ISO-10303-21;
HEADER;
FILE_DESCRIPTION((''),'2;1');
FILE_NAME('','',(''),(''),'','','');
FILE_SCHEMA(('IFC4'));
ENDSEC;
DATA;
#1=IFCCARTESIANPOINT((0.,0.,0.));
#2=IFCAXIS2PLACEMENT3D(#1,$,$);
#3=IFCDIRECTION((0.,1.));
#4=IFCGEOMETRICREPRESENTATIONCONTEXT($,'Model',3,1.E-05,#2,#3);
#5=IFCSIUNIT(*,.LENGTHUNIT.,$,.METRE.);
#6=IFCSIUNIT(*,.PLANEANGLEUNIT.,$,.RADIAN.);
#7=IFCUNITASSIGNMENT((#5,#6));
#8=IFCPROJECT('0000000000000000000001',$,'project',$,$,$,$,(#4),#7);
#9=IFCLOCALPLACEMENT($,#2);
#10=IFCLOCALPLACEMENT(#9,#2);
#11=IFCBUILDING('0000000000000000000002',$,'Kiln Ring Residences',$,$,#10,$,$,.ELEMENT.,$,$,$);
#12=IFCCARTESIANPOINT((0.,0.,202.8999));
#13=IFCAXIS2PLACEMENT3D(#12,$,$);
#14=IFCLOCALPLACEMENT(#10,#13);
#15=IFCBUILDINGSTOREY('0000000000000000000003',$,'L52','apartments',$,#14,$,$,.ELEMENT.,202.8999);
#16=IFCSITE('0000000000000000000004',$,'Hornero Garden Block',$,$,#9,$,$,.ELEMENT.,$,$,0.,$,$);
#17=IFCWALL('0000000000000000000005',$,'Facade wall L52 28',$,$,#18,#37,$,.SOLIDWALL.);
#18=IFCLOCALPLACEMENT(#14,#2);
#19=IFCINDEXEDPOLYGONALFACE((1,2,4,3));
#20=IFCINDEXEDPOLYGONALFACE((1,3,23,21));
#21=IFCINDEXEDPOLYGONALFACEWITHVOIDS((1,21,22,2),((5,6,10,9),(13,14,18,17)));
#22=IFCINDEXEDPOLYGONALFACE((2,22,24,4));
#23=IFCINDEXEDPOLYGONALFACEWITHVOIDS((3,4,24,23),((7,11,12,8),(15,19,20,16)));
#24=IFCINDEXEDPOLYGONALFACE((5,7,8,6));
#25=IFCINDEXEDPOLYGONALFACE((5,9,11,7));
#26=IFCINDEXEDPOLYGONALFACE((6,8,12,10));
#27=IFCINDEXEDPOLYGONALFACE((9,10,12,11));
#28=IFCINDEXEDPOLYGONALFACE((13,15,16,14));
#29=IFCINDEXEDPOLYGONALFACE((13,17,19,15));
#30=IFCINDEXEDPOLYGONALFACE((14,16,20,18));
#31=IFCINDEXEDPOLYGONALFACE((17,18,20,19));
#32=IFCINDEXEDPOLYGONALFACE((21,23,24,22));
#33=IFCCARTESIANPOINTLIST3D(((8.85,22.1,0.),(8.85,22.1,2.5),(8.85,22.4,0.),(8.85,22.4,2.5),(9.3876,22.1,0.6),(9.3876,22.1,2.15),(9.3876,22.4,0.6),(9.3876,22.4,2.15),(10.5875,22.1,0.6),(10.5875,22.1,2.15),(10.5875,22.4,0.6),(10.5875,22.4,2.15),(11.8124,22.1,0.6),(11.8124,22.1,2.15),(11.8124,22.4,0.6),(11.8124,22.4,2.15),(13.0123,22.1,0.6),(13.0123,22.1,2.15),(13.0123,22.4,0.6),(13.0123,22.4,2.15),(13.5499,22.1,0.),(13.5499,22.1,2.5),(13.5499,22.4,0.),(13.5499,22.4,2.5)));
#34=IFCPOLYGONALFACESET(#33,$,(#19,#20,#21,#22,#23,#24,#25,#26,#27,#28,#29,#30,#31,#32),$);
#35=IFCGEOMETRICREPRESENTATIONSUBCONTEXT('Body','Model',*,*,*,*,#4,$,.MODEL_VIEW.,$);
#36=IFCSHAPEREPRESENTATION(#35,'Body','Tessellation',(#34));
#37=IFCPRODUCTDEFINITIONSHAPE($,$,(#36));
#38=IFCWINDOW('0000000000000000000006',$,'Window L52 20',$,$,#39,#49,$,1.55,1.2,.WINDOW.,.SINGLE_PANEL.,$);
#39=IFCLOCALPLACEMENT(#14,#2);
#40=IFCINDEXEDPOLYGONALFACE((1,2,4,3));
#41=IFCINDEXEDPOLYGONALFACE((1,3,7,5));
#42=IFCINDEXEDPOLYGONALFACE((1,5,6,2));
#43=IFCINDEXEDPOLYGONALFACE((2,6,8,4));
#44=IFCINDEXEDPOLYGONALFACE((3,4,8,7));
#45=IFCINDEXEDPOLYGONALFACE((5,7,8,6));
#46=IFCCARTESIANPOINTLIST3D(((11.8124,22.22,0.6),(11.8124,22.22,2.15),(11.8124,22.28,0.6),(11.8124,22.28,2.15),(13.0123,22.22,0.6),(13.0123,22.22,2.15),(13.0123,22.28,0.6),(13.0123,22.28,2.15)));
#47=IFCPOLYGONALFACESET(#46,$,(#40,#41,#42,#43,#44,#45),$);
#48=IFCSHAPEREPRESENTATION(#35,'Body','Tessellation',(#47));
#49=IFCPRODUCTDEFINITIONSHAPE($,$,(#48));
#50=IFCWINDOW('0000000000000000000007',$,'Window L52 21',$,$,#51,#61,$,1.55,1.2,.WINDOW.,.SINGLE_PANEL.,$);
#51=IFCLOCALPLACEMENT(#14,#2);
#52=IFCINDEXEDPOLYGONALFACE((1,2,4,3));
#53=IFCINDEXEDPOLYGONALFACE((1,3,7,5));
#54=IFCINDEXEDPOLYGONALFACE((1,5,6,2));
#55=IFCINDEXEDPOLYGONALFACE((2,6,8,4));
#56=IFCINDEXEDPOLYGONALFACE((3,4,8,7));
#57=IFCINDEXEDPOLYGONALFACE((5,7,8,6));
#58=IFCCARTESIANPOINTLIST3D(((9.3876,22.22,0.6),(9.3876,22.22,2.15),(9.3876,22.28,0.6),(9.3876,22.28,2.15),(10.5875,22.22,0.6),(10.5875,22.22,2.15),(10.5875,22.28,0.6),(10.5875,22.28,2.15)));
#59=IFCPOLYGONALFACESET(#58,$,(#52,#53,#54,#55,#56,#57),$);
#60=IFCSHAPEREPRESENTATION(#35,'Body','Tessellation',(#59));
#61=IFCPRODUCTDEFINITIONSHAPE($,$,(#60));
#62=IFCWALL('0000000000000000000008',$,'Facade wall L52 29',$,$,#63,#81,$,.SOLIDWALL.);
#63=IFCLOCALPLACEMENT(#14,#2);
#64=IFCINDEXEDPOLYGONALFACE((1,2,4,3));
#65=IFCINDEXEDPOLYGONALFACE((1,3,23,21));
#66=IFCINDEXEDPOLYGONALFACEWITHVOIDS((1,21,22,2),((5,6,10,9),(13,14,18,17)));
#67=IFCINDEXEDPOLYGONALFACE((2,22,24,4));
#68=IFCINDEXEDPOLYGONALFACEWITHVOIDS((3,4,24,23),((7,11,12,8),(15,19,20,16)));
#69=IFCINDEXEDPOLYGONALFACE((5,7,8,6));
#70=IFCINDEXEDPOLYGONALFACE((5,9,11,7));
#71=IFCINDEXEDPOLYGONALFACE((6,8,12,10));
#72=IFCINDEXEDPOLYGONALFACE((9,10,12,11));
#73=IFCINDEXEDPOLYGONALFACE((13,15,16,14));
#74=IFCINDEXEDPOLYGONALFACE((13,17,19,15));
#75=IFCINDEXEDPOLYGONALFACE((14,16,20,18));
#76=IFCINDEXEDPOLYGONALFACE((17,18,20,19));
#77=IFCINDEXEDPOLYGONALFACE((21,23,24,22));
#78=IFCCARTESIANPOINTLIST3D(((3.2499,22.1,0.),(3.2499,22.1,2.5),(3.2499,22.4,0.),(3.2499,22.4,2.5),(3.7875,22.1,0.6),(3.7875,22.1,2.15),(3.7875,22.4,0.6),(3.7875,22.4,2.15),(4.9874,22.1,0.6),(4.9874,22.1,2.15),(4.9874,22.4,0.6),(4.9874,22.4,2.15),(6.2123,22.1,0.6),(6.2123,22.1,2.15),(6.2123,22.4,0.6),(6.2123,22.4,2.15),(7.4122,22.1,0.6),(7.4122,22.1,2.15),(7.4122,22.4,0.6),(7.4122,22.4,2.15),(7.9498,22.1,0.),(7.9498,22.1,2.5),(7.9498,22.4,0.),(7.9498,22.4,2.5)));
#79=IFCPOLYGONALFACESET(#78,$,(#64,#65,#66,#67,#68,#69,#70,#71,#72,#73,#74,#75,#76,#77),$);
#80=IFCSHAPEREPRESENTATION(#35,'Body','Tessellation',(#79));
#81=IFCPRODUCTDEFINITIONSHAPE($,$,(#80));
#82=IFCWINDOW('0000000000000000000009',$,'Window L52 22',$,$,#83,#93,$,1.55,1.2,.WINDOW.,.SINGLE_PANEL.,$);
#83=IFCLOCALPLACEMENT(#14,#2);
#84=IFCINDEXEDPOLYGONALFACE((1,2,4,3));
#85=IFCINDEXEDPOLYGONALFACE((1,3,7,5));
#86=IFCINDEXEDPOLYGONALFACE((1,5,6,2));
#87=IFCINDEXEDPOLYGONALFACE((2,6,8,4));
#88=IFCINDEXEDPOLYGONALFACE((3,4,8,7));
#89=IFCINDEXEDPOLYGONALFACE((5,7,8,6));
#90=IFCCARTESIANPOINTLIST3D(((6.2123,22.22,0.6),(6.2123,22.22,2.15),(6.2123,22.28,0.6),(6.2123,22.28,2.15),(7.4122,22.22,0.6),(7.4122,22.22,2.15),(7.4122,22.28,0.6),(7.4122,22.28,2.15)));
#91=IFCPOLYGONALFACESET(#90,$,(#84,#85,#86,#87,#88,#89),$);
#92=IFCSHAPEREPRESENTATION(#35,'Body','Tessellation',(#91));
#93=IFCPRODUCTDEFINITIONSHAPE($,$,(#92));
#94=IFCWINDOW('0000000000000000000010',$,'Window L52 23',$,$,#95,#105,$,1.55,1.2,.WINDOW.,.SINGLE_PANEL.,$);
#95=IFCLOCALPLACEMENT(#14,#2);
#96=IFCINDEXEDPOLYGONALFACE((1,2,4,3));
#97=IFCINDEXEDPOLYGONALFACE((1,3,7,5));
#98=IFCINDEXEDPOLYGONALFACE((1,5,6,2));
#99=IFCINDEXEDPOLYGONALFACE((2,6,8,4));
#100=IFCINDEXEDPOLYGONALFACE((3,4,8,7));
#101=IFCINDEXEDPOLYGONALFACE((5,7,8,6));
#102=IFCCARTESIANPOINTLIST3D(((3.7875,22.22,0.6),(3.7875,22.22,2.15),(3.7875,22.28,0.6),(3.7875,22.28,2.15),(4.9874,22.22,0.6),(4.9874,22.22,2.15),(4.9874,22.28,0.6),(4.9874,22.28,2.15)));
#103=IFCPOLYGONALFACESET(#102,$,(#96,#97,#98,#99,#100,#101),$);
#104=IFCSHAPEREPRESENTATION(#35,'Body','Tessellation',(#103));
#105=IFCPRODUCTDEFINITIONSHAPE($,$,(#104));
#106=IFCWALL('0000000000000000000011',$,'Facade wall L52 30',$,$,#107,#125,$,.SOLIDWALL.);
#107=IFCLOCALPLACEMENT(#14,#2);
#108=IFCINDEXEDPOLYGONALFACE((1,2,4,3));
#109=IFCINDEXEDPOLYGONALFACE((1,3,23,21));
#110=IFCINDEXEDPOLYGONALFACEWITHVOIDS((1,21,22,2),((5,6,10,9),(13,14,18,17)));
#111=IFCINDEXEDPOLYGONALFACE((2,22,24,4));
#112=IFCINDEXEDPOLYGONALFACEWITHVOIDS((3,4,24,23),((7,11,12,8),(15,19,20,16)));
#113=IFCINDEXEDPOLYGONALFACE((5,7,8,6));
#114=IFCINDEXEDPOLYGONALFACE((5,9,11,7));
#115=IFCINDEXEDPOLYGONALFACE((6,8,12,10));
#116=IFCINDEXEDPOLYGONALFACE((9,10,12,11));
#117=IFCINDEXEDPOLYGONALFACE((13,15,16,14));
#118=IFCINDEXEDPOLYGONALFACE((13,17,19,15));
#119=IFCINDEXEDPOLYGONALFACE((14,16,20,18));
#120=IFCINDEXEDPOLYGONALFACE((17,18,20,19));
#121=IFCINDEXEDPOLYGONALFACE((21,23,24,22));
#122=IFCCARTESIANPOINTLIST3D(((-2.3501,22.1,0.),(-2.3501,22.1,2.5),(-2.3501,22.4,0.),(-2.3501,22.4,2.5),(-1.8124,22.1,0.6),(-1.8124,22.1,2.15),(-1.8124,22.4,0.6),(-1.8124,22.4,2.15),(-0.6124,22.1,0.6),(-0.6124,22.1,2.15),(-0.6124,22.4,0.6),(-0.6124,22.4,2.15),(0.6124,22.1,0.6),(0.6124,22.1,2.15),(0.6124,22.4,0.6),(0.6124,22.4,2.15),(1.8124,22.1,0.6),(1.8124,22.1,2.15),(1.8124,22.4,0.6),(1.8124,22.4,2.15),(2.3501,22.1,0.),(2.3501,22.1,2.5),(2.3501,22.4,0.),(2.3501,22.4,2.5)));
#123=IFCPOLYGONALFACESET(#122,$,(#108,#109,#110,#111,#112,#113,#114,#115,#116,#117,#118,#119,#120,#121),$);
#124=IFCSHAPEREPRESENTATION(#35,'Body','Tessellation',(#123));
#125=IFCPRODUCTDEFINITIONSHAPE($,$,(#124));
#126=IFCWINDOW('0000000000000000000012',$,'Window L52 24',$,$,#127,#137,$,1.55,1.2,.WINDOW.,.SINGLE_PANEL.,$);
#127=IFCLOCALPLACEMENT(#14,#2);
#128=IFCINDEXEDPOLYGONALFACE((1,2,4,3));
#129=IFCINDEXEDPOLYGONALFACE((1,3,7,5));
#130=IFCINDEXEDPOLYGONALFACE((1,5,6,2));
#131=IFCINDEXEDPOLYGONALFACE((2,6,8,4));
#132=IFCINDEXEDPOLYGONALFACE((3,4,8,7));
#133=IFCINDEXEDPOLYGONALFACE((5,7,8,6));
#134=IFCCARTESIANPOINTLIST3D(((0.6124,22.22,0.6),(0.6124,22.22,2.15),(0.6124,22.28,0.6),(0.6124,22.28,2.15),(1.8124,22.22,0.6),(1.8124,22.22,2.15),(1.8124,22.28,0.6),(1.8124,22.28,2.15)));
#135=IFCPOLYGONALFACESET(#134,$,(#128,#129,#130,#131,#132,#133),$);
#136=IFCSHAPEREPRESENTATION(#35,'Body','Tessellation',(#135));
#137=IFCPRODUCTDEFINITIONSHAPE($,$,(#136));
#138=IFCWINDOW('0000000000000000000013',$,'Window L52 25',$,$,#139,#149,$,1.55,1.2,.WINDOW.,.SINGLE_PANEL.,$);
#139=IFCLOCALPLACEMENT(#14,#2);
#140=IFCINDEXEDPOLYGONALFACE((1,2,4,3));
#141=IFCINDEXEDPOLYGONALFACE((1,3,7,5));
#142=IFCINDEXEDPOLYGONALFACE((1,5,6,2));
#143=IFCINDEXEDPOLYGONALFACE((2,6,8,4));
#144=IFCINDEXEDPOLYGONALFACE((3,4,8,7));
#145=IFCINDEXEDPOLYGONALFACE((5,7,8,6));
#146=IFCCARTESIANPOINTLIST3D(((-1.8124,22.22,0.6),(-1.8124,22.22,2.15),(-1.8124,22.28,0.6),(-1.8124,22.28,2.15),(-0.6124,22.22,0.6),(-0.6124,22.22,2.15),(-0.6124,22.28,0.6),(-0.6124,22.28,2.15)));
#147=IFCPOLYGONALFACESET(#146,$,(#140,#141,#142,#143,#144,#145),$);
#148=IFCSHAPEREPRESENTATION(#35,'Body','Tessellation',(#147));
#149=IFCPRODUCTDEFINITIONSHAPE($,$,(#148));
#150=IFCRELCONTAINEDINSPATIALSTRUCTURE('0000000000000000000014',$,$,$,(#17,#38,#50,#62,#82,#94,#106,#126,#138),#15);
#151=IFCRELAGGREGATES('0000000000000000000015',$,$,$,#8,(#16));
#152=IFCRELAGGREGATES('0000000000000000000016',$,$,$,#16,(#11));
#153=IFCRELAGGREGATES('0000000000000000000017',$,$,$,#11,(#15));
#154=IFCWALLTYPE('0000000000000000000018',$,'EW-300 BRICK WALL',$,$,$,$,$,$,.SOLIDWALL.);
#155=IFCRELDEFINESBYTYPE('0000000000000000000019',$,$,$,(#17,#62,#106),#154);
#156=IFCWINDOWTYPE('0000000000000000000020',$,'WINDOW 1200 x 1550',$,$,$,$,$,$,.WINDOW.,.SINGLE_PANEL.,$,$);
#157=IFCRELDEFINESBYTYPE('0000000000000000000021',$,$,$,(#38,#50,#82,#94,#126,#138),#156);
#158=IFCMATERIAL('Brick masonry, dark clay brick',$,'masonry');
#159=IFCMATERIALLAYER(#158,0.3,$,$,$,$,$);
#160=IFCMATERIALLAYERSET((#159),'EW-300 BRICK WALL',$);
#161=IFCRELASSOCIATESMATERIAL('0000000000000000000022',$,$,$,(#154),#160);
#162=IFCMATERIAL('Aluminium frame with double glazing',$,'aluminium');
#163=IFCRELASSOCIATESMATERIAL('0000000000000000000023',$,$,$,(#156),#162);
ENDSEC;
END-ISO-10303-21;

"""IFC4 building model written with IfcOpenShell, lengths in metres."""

from ifc_helpers import new_model, si_unit, direction, frame, frame_2d, origin, place, context, subcontext, project, spatial, rectangle, extrude, material, layer, layer_set, type_object, element, fill, save


model = new_model("IFC4")

# Units and contexts
model_context = context("Model", 3, precision=1e-05, world=origin(), true_north=direction((0.0, 1.0)))
body_context = subcontext(model_context, "Body", "Model", "MODEL_VIEW")
ifc_project = project(units=[si_unit("LENGTHUNIT", "METRE"), si_unit("PLANEANGLEUNIT", "RADIAN")], contexts=[model_context])

# Site, building, storey
site_placement = place(None, origin())
site = spatial("IfcSite", under=ifc_project, at=site_placement, Name="Hornero Garden Block", CompositionType="ELEMENT", RefElevation=0.0)
building_placement = place(site_placement, origin())
building = spatial("IfcBuilding", under=site, at=building_placement, Name="Kiln Ring Residences", CompositionType="ELEMENT")
storey_placement = place(building_placement, frame((0.0, 0.0, 202.8999)))
storey = spatial("IfcBuildingStorey", under=building, at=storey_placement, Name="L52", Description="apartments", CompositionType="ELEMENT", Elevation=202.8999)

# Shared definitions
ifc_material_1 = material(Name="Brick masonry, dark clay brick", Category="masonry")
ifc_layer_1 = layer(ifc_material_1, 0.3)
ifc_layer_set_1 = layer_set([ifc_layer_1], Name="EW-300 BRICK WALL")
wall_type_1 = type_object("IfcWallType", Name="EW-300 BRICK WALL", PredefinedType="SOLIDWALL", material=ifc_layer_set_1)
ifc_material_2 = material(Name="Aluminium frame with double glazing", Category="aluminium")
window_type = type_object("IfcWindowType", Name="WINDOW 1200 x 1550", PartitioningType="SINGLE_PANEL", PredefinedType="WINDOW", material=ifc_material_2)

# Walls, openings, windows
wall_1_placement = place(storey_placement, frame((13.55, 22.25, 0.0), z_axis=(0.0, 0.0, 1.0), x_axis=(-1.0, 0.0, 0.0)))
wall_1 = element("IfcWall", 1, at=wall_1_placement, inside=storey, type_object=wall_type_1, Name="Facade wall L52 28", PredefinedType="SOLIDWALL", context=body_context, shape_type="SweptSolid", body=[
    extrude(rectangle(XDim=4.7, YDim=0.3, at=frame_2d((2.3501, 0.0))), origin(), (0.0, 0.0, 1.0), 2.5),
])
opening_1_placement = place(wall_1_placement, frame((0.5376, 0.0, 0.6001)))
opening_1 = element("IfcOpeningElement", 2, at=opening_1_placement, cuts=wall_1, PredefinedType="OPENING", context=body_context, shape_type="SweptSolid", body=[
    extrude(rectangle(XDim=1.2, YDim=1.55, at=frame_2d((0.6001, 0.7749))), frame((0.0, 0.1599, 0.0), z_axis=(0.0, -1.0, 0.0), x_axis=(1.0, 0.0, 0.0)), (0.0, 0.0, 1.0), 0.3201),
])
opening_2_placement = place(wall_1_placement, frame((2.9624, 0.0, 0.6001)))
opening_2 = element("IfcOpeningElement", 3, at=opening_2_placement, cuts=wall_1, PredefinedType="OPENING", context=body_context, shape_type="SweptSolid", body=[
    extrude(rectangle(XDim=1.2, YDim=1.55, at=frame_2d((0.6001, 0.7749))), frame((0.0, 0.1599, 0.0), z_axis=(0.0, -1.0, 0.0), x_axis=(1.0, 0.0, 0.0)), (0.0, 0.0, 1.0), 0.3201),
])
window_1_placement = place(opening_1_placement, origin())
window_1 = element("IfcWindow", 4, at=window_1_placement, inside=storey, type_object=window_type, Name="Window L52 20", OverallHeight=1.55, OverallWidth=1.2, PartitioningType="SINGLE_PANEL", PredefinedType="WINDOW", context=body_context, shape_type="SweptSolid", body=[
    extrude(rectangle(XDim=1.2, YDim=1.55, at=frame_2d((0.6001, 0.7749))), frame((0.0, 0.03, 0.0), z_axis=(0.0, -1.0, 0.0), x_axis=(1.0, 0.0, 0.0)), (0.0, 0.0, 1.0), 0.0601),
])
fill(opening_1, window_1)
window_2_placement = place(opening_2_placement, origin())
window_2 = element("IfcWindow", 5, at=window_2_placement, inside=storey, type_object=window_type, Name="Window L52 21", OverallHeight=1.55, OverallWidth=1.2, PartitioningType="SINGLE_PANEL", PredefinedType="WINDOW", context=body_context, shape_type="SweptSolid", body=[
    extrude(rectangle(XDim=1.2, YDim=1.55, at=frame_2d((0.6001, 0.7749))), frame((0.0, 0.03, 0.0), z_axis=(0.0, -1.0, 0.0), x_axis=(1.0, 0.0, 0.0)), (0.0, 0.0, 1.0), 0.0601),
])
fill(opening_2, window_2)
wall_2_placement = place(storey_placement, frame((7.95, 22.25, 0.0), z_axis=(0.0, 0.0, 1.0), x_axis=(-1.0, 0.0, 0.0)))
wall_2 = element("IfcWall", 6, at=wall_2_placement, inside=storey, type_object=wall_type_1, Name="Facade wall L52 29", PredefinedType="SOLIDWALL", context=body_context, shape_type="SweptSolid", body=[
    extrude(rectangle(XDim=4.7, YDim=0.3, at=frame_2d((2.3501, 0.0))), origin(), (0.0, 0.0, 1.0), 2.5),
])
opening_3_placement = place(wall_2_placement, frame((0.5376, 0.0, 0.6001)))
opening_3 = element("IfcOpeningElement", 7, at=opening_3_placement, cuts=wall_2, PredefinedType="OPENING", context=body_context, shape_type="SweptSolid", body=[
    extrude(rectangle(XDim=1.2, YDim=1.55, at=frame_2d((0.6001, 0.7749))), frame((0.0, 0.1599, 0.0), z_axis=(0.0, -1.0, 0.0), x_axis=(1.0, 0.0, 0.0)), (0.0, 0.0, 1.0), 0.3201),
])
opening_4_placement = place(wall_2_placement, frame((2.9624, 0.0, 0.6001)))
opening_4 = element("IfcOpeningElement", 8, at=opening_4_placement, cuts=wall_2, PredefinedType="OPENING", context=body_context, shape_type="SweptSolid", body=[
    extrude(rectangle(XDim=1.2, YDim=1.55, at=frame_2d((0.6001, 0.7749))), frame((0.0, 0.1599, 0.0), z_axis=(0.0, -1.0, 0.0), x_axis=(1.0, 0.0, 0.0)), (0.0, 0.0, 1.0), 0.3201),
])
window_3_placement = place(opening_3_placement, origin())
window_3 = element("IfcWindow", 9, at=window_3_placement, inside=storey, type_object=window_type, Name="Window L52 22", OverallHeight=1.55, OverallWidth=1.2, PartitioningType="SINGLE_PANEL", PredefinedType="WINDOW", context=body_context, shape_type="SweptSolid", body=[
    extrude(rectangle(XDim=1.2, YDim=1.55, at=frame_2d((0.6001, 0.7749))), frame((0.0, 0.03, 0.0), z_axis=(0.0, -1.0, 0.0), x_axis=(1.0, 0.0, 0.0)), (0.0, 0.0, 1.0), 0.0601),
])
fill(opening_3, window_3)
window_4_placement = place(opening_4_placement, origin())
window_4 = element("IfcWindow", 10, at=window_4_placement, inside=storey, type_object=window_type, Name="Window L52 23", OverallHeight=1.55, OverallWidth=1.2, PartitioningType="SINGLE_PANEL", PredefinedType="WINDOW", context=body_context, shape_type="SweptSolid", body=[
    extrude(rectangle(XDim=1.2, YDim=1.55, at=frame_2d((0.6001, 0.7749))), frame((0.0, 0.03, 0.0), z_axis=(0.0, -1.0, 0.0), x_axis=(1.0, 0.0, 0.0)), (0.0, 0.0, 1.0), 0.0601),
])
fill(opening_4, window_4)
wall_3_placement = place(storey_placement, frame((2.3501, 22.25, 0.0), z_axis=(0.0, 0.0, 1.0), x_axis=(-1.0, 0.0, 0.0)))
wall_3 = element("IfcWall", 11, at=wall_3_placement, inside=storey, type_object=wall_type_1, Name="Facade wall L52 30", PredefinedType="SOLIDWALL", context=body_context, shape_type="SweptSolid", body=[
    extrude(rectangle(XDim=4.7002, YDim=0.3, at=frame_2d((2.3501, 0.0))), origin(), (0.0, 0.0, 1.0), 2.5),
])
opening_5_placement = place(wall_3_placement, frame((0.5376, 0.0, 0.6001)))
opening_5 = element("IfcOpeningElement", 12, at=opening_5_placement, cuts=wall_3, PredefinedType="OPENING", context=body_context, shape_type="SweptSolid", body=[
    extrude(rectangle(XDim=1.2, YDim=1.55, at=frame_2d((0.6001, 0.7749))), frame((0.0, 0.1599, 0.0), z_axis=(0.0, -1.0, 0.0), x_axis=(1.0, 0.0, 0.0)), (0.0, 0.0, 1.0), 0.3201),
])
opening_6_placement = place(wall_3_placement, frame((2.9624, 0.0, 0.6001)))
opening_6 = element("IfcOpeningElement", 13, at=opening_6_placement, cuts=wall_3, PredefinedType="OPENING", context=body_context, shape_type="SweptSolid", body=[
    extrude(rectangle(XDim=1.2, YDim=1.55, at=frame_2d((0.6001, 0.7749))), frame((0.0, 0.1599, 0.0), z_axis=(0.0, -1.0, 0.0), x_axis=(1.0, 0.0, 0.0)), (0.0, 0.0, 1.0), 0.3201),
])
window_5_placement = place(opening_5_placement, origin())
window_5 = element("IfcWindow", 14, at=window_5_placement, inside=storey, type_object=window_type, Name="Window L52 24", OverallHeight=1.55, OverallWidth=1.2, PartitioningType="SINGLE_PANEL", PredefinedType="WINDOW", context=body_context, shape_type="SweptSolid", body=[
    extrude(rectangle(XDim=1.2, YDim=1.55, at=frame_2d((0.6001, 0.7749))), frame((0.0, 0.03, 0.0), z_axis=(0.0, -1.0, 0.0), x_axis=(1.0, 0.0, 0.0)), (0.0, 0.0, 1.0), 0.0601),
])
fill(opening_5, window_5)
window_6_placement = place(opening_6_placement, origin())
window_6 = element("IfcWindow", 15, at=window_6_placement, inside=storey, type_object=window_type, Name="Window L52 25", OverallHeight=1.55, OverallWidth=1.2, PartitioningType="SINGLE_PANEL", PredefinedType="WINDOW", context=body_context, shape_type="SweptSolid", body=[
    extrude(rectangle(XDim=1.2, YDim=1.55, at=frame_2d((0.6001, 0.7749))), frame((0.0, 0.03, 0.0), z_axis=(0.0, -1.0, 0.0), x_axis=(1.0, 0.0, 0.0)), (0.0, 0.0, 1.0), 0.0601),
])
fill(opening_6, window_6)

save(model, "model.ifc")
